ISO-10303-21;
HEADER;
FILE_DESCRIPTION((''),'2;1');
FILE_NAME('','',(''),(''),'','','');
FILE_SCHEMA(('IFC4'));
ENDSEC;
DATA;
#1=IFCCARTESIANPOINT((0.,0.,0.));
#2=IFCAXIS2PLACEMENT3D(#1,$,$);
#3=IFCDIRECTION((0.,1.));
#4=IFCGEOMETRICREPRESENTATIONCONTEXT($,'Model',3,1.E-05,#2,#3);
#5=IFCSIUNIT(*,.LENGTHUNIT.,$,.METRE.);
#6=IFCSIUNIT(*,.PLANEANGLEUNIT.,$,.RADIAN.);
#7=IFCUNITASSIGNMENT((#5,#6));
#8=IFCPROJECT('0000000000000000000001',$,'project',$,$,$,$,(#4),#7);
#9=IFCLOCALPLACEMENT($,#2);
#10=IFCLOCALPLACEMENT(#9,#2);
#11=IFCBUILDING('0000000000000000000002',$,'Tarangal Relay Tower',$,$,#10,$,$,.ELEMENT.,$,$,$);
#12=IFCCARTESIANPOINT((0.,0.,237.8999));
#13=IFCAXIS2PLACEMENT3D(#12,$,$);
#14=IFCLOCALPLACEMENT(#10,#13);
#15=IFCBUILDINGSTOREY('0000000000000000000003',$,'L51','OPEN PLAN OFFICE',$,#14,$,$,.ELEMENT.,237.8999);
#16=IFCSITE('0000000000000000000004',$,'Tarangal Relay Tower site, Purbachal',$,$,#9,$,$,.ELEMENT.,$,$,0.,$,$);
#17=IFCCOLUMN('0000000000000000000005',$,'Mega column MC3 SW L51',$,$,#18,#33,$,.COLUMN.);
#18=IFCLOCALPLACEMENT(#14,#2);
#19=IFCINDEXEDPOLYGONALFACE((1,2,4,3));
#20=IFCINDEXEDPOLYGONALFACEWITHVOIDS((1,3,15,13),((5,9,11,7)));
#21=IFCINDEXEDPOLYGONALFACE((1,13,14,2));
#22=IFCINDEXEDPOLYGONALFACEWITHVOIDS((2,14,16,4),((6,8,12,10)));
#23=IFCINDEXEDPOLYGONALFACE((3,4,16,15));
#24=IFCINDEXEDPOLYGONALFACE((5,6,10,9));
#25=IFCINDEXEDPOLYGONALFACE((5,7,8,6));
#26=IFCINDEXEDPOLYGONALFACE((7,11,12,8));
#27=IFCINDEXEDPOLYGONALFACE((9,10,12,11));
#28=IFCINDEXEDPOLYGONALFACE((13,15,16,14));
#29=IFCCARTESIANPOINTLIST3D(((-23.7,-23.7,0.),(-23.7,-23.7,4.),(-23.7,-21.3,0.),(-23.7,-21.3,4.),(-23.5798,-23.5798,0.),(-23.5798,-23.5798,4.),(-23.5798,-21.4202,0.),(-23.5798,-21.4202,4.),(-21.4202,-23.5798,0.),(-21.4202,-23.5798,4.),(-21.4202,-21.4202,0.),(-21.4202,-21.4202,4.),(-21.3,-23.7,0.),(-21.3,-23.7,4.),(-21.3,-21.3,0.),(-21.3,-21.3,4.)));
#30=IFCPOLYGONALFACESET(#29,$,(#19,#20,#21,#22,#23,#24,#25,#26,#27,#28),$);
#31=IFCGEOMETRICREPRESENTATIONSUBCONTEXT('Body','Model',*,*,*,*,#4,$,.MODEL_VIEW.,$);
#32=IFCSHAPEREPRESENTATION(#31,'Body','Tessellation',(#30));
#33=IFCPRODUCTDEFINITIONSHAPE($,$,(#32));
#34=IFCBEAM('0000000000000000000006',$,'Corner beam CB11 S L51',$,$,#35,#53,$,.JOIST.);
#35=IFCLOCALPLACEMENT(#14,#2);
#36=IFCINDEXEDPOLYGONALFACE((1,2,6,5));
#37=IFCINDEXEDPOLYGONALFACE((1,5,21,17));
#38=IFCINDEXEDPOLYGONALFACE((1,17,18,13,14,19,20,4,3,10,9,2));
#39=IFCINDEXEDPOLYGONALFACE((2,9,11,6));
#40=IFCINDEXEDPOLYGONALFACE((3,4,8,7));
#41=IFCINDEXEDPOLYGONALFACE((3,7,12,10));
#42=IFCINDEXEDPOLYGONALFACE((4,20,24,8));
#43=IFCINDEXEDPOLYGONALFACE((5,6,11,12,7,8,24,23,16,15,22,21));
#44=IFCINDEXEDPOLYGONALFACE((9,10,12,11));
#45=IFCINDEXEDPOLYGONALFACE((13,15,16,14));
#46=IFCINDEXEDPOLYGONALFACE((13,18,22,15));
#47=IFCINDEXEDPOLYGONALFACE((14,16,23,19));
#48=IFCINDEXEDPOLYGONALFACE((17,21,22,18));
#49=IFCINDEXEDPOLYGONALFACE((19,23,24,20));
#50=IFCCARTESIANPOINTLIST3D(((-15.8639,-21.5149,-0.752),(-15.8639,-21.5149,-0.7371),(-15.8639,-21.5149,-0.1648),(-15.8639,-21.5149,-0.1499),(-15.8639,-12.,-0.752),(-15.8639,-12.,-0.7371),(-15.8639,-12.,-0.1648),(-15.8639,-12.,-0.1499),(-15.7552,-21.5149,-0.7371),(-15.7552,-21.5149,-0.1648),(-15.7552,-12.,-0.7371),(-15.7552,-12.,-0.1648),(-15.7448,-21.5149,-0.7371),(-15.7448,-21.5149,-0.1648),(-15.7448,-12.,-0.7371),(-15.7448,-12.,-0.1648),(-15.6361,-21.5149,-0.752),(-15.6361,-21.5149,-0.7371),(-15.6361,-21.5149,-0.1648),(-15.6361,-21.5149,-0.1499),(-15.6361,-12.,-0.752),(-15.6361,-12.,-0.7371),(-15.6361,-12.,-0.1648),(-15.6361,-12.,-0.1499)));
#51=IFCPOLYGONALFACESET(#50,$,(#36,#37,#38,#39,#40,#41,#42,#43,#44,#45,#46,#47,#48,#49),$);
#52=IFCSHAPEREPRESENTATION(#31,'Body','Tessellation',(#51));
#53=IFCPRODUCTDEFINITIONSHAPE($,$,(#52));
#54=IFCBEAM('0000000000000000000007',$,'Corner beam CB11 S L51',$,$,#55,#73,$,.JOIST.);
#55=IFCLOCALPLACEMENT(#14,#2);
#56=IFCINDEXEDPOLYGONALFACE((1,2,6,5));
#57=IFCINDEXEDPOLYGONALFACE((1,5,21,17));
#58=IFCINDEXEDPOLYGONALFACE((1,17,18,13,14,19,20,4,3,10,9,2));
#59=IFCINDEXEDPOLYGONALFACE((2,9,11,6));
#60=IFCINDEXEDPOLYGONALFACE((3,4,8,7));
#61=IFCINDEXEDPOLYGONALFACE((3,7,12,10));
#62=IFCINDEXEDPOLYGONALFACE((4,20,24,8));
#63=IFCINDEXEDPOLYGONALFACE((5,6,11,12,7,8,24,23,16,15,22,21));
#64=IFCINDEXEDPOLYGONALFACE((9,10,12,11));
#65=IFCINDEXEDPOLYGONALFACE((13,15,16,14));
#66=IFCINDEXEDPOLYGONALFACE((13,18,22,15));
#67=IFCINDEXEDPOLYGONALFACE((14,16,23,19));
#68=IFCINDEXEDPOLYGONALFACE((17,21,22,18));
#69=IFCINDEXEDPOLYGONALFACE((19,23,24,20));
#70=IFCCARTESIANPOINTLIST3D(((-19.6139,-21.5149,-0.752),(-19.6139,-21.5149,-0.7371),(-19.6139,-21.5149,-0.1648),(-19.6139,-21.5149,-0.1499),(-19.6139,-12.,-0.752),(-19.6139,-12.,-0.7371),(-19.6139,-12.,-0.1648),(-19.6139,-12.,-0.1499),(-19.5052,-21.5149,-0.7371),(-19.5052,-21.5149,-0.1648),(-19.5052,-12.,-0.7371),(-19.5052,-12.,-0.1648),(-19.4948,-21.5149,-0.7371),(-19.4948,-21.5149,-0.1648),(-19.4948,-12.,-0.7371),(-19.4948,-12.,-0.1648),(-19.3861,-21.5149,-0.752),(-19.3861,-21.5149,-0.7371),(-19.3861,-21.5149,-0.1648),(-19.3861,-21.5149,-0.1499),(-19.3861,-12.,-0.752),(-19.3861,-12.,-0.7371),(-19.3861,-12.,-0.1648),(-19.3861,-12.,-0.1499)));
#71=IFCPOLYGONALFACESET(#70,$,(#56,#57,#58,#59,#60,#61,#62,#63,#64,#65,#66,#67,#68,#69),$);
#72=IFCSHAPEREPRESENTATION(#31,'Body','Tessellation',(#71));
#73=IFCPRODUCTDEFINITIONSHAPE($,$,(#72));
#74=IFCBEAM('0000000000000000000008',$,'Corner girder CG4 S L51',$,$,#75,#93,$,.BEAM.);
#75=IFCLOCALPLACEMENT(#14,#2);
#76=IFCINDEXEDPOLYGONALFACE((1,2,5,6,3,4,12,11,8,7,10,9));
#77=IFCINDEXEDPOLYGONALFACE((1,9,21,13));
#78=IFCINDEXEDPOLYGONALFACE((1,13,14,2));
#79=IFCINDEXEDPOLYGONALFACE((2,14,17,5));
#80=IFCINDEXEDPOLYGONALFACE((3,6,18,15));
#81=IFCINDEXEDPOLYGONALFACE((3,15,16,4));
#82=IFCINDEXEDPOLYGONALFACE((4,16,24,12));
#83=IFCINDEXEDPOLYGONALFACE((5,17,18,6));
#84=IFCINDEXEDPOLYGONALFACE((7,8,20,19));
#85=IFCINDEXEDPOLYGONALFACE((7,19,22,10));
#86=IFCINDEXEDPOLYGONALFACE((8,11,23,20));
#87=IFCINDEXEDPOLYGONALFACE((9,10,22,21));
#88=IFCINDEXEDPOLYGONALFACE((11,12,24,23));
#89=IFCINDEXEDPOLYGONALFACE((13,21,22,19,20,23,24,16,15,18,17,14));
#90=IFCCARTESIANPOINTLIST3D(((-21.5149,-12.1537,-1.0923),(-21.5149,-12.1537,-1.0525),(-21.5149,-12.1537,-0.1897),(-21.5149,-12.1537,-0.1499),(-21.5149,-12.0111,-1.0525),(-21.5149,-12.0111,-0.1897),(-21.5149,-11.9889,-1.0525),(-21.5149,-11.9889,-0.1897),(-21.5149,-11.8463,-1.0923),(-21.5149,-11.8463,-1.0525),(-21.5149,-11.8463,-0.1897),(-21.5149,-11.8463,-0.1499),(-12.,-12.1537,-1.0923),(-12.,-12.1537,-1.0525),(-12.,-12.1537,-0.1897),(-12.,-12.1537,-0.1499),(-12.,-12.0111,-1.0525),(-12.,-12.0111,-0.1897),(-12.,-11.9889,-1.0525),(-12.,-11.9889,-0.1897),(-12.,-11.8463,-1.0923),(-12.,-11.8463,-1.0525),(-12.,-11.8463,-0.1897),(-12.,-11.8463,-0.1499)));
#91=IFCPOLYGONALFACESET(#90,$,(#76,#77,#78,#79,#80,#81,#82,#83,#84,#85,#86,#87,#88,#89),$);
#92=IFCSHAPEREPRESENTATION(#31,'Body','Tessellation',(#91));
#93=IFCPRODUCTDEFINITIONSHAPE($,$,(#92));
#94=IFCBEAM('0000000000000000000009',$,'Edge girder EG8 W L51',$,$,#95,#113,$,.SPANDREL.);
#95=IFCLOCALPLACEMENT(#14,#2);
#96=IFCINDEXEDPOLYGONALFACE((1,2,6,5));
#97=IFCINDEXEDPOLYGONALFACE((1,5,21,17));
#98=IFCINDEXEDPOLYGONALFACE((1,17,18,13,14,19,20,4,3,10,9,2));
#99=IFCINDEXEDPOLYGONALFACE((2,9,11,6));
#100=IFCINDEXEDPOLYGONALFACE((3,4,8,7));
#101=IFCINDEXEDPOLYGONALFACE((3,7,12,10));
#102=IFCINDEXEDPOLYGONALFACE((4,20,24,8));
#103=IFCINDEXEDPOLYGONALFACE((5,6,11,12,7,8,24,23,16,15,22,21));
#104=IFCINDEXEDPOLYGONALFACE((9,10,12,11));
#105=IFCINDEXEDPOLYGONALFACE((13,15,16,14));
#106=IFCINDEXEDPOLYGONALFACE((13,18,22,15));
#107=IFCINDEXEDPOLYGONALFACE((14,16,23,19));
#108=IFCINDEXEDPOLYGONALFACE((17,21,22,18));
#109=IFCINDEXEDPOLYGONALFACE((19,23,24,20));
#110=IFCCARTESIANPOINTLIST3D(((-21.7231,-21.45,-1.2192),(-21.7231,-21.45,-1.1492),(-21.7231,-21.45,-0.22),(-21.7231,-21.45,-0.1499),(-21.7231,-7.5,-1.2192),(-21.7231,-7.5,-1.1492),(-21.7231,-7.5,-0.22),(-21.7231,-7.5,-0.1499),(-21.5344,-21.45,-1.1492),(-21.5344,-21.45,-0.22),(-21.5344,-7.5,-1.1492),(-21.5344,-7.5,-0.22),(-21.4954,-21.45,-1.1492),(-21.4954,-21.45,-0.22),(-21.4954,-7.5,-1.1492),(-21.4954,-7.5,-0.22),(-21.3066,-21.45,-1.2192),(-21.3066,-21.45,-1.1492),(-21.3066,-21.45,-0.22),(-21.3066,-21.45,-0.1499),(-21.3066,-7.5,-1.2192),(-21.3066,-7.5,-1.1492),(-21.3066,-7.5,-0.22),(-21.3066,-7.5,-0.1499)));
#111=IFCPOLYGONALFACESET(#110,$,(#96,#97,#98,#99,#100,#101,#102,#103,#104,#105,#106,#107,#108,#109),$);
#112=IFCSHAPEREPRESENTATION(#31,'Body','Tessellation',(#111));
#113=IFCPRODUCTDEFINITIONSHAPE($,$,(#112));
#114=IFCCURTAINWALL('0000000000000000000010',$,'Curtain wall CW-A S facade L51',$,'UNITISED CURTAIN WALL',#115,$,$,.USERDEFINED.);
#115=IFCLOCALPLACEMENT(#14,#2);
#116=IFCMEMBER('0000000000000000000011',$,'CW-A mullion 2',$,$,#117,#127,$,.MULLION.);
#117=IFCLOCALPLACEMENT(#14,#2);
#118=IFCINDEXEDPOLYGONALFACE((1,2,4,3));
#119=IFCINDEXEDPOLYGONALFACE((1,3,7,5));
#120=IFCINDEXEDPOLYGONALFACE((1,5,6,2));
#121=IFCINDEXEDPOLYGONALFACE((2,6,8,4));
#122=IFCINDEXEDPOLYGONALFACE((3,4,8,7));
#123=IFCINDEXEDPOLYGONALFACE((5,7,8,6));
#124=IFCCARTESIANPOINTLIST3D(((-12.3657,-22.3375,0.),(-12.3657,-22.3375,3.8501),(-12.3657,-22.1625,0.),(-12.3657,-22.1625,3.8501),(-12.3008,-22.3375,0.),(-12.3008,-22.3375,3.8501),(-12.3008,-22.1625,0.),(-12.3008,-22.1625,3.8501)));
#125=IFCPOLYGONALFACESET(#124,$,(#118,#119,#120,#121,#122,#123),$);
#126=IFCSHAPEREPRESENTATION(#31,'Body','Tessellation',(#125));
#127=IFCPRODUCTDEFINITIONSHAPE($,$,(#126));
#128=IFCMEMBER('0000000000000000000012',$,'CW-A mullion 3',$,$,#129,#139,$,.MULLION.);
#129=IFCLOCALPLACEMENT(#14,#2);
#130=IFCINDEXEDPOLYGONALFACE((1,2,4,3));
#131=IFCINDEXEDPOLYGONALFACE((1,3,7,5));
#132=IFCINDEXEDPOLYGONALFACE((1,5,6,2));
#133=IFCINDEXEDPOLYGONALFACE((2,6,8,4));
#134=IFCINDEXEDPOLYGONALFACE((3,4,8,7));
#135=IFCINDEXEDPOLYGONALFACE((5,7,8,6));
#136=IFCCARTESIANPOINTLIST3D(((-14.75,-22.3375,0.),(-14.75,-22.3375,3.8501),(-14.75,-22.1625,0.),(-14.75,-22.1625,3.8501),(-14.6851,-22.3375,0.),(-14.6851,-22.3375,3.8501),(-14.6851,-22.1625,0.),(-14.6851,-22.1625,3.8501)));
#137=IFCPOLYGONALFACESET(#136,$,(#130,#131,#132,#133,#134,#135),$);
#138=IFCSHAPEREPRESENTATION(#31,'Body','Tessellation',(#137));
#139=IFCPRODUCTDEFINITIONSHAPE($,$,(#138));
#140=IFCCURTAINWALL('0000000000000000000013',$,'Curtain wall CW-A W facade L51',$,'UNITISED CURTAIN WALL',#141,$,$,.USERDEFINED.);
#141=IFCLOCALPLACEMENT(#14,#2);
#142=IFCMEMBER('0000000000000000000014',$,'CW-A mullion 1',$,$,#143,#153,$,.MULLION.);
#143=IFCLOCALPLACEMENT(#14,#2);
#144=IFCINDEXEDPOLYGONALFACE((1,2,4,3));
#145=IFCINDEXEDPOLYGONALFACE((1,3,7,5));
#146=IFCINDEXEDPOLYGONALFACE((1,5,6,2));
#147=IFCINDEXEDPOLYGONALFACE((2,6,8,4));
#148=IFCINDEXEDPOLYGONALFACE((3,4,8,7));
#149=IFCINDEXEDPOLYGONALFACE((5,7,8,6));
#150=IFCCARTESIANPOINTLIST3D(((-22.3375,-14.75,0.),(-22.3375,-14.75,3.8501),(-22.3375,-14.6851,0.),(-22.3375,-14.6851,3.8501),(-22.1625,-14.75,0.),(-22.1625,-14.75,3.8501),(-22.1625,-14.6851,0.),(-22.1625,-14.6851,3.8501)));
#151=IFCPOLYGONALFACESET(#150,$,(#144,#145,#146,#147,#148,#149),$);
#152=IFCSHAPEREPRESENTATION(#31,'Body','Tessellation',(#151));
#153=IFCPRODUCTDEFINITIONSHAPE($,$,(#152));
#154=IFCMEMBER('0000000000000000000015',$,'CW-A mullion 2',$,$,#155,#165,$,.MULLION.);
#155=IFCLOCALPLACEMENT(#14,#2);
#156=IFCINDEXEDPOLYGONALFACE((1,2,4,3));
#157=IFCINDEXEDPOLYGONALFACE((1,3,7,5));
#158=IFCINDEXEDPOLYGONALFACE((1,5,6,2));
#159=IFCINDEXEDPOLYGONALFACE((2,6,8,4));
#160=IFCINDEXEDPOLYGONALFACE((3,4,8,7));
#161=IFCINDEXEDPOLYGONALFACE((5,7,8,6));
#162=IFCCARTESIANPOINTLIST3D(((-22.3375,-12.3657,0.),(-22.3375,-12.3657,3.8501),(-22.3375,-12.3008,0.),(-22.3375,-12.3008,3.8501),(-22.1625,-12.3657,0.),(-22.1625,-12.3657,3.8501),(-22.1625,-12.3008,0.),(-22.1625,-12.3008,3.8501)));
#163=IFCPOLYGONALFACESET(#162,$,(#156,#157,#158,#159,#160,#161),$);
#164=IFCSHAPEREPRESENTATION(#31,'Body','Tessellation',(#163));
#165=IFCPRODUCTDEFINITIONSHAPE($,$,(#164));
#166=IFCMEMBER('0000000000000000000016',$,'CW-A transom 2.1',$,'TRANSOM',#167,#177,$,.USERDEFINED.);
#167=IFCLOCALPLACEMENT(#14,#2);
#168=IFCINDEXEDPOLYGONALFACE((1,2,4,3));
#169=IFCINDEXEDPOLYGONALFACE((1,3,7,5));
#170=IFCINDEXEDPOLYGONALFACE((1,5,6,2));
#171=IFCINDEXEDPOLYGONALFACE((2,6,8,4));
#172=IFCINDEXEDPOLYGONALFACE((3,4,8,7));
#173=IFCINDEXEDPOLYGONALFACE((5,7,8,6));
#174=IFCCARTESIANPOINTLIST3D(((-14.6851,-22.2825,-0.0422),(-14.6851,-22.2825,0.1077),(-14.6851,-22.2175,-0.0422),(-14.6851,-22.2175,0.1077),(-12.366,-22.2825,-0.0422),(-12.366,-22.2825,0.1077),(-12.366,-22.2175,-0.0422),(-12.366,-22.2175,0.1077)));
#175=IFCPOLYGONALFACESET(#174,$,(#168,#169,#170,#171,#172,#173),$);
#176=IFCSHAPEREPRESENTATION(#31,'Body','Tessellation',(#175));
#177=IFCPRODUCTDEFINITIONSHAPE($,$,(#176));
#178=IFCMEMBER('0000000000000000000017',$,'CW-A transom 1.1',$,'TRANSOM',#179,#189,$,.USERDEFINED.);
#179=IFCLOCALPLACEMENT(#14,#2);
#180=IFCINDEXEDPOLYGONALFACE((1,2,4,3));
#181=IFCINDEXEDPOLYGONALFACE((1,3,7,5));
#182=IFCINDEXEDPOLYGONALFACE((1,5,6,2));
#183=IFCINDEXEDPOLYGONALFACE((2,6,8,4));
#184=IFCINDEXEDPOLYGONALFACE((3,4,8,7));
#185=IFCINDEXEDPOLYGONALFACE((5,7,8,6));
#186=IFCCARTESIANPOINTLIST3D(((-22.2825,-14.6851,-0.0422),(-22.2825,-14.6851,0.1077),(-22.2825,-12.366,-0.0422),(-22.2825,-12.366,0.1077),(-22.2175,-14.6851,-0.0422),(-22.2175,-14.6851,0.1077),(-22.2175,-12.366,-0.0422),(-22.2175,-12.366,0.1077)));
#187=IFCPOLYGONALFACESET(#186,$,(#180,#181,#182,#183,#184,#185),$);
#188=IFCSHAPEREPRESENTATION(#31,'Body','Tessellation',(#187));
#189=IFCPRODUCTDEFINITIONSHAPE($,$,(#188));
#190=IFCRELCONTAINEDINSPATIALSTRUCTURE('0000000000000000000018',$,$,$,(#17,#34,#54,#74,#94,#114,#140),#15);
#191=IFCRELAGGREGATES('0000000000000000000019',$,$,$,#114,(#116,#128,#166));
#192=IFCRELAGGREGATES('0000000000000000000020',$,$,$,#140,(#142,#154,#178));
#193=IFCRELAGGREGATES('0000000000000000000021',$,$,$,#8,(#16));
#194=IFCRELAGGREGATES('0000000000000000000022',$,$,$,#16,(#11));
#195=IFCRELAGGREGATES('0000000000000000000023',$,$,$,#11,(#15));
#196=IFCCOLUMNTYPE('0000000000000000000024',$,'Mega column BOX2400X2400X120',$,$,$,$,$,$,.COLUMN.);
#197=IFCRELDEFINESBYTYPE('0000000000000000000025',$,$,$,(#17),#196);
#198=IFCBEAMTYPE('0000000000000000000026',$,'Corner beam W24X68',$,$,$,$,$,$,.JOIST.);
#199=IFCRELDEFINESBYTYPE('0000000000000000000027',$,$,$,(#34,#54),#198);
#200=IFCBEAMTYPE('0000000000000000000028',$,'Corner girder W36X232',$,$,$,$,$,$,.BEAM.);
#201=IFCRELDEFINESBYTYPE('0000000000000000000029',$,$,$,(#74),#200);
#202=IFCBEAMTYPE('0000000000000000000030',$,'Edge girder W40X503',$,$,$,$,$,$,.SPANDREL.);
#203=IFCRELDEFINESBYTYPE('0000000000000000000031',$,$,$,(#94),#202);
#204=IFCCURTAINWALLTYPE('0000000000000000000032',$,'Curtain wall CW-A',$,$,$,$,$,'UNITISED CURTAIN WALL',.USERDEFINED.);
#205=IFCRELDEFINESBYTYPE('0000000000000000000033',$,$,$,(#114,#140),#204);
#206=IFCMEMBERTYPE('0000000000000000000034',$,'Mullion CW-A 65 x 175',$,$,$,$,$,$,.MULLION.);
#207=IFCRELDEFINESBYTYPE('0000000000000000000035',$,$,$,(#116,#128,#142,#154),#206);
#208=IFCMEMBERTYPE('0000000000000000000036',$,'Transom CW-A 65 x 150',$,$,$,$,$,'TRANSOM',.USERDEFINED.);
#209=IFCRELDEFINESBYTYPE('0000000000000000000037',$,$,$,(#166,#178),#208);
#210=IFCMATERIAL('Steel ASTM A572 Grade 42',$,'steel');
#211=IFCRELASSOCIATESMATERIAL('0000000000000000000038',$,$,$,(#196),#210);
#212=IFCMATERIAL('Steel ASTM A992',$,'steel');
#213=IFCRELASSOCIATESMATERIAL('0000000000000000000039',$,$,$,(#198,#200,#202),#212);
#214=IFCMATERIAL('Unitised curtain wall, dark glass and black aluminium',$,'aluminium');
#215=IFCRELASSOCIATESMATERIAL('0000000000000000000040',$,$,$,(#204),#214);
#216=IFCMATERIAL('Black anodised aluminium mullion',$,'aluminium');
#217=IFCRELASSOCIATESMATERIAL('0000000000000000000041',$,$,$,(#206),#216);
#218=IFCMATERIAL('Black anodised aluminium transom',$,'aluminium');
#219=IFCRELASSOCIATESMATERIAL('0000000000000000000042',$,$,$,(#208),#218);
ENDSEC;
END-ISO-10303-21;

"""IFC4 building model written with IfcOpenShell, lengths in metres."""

from ifc_helpers import new_model, si_unit, direction, frame, origin, origin_2d, place, context, subcontext, project, spatial, rectangle, hollow_rectangle, i_section, extrude, material, material_profile, profile_set, type_object, element, aggregate, save


model = new_model("IFC4")

# Units and contexts
model_context = context("Model", 3, precision=1e-05, world=origin(), true_north=direction((0.0, 1.0)))
body_context = subcontext(model_context, "Body", "Model", "MODEL_VIEW")
ifc_project = project(units=[si_unit("LENGTHUNIT", "METRE"), si_unit("PLANEANGLEUNIT", "RADIAN")], contexts=[model_context])

# Site, building, storey
site_placement = place(None, origin())
site = spatial("IfcSite", under=ifc_project, at=site_placement, Name="Tarangal Relay Tower site, Purbachal", CompositionType="ELEMENT", RefElevation=0.0)
building_placement = place(site_placement, origin())
building = spatial("IfcBuilding", under=site, at=building_placement, Name="Tarangal Relay Tower", CompositionType="ELEMENT")
storey_placement = place(building_placement, frame((0.0, 0.0, 237.8999)))
storey = spatial("IfcBuildingStorey", under=building, at=storey_placement, Name="L51", Description="OPEN PLAN OFFICE", CompositionType="ELEMENT", Elevation=237.8999)

# Column
ifc_material_1 = material(Name="Steel ASTM A572 Grade 42", Category="steel")
ifc_material_profile_1 = material_profile(ifc_material_1, hollow_rectangle(XDim=2.3999, YDim=2.3999, WallThickness=0.1201, at=origin_2d()), Name="BOX2400X2400X120")
ifc_profile_set_1 = profile_set([ifc_material_profile_1], Name="Steel ASTM A572 Grade 42")
column_type = type_object("IfcColumnType", Name="Mega column BOX2400X2400X120", PredefinedType="COLUMN", material=ifc_profile_set_1)
column_placement = place(storey_placement, frame((-22.5, -22.5, 0.0), z_axis=(0.0, 0.0, 1.0), x_axis=(1.0, 0.0, 0.0)))
element("IfcColumn", 1, at=column_placement, inside=storey, type_object=column_type, Name="Mega column MC3 SW L51", PredefinedType="COLUMN", context=body_context, shape_type="SweptSolid", body=[
    extrude(hollow_rectangle(XDim=2.3999, YDim=2.3999, WallThickness=0.1201, at=origin_2d()), origin(), (0.0, 0.0, 1.0), 4.0),
])

# Beams
ifc_material_2 = material(Name="Steel ASTM A992", Category="steel")
ifc_material_profile_2 = material_profile(ifc_material_2, i_section(OverallWidth=0.2278, OverallDepth=0.6021, WebThickness=0.0105, FlangeThickness=0.0149, at=origin_2d()), Name="W24X68")
ifc_profile_set_2 = profile_set([ifc_material_profile_2], Name="Steel ASTM A992")
beam_type_1 = type_object("IfcBeamType", Name="Corner beam W24X68", PredefinedType="JOIST", material=ifc_profile_set_2)
for number, where, z_axis, x_axis, name in (
    (2, (-15.75, -12.0, -0.4509), (0.0, -1.0, 0.0), (1.0, 0.0, 0.0), "Corner beam CB11 S L51"),
    (3, (-19.5, -12.0, -0.4509), (0.0, -1.0, 0.0), (1.0, 0.0, 0.0), "Corner beam CB11 S L51"),
):
    element("IfcBeam", number, at=place(storey_placement, frame(where, z_axis=z_axis, x_axis=x_axis)), inside=storey, type_object=beam_type_1, Name=name, PredefinedType="JOIST", context=body_context, shape_type="SweptSolid", body=[
        extrude(i_section(OverallWidth=0.2278, OverallDepth=0.6021, WebThickness=0.0105, FlangeThickness=0.0149, at=origin_2d()), origin(), (0.0, 0.0, 1.0), 9.5149),
    ])
ifc_material_profile_3 = material_profile(ifc_material_2, i_section(OverallWidth=0.3074, OverallDepth=0.9424, WebThickness=0.0222, FlangeThickness=0.0398, at=origin_2d()), Name="W36X232")
ifc_profile_set_3 = profile_set([ifc_material_profile_3], Name="Steel ASTM A992")
beam_type_2 = type_object("IfcBeamType", Name="Corner girder W36X232", PredefinedType="BEAM", material=ifc_profile_set_3)
beam_1_placement = place(storey_placement, frame((-12.0, -12.0, -0.6211), z_axis=(-1.0, 0.0, 0.0), x_axis=(0.0, -1.0, 0.0)))
element("IfcBeam", 4, at=beam_1_placement, inside=storey, type_object=beam_type_2, Name="Corner girder CG4 S L51", PredefinedType="BEAM", context=body_context, shape_type="SweptSolid", body=[
    extrude(i_section(OverallWidth=0.3074, OverallDepth=0.9424, WebThickness=0.0222, FlangeThickness=0.0398, at=origin_2d()), origin(), (0.0, 0.0, 1.0), 9.5149),
])
ifc_material_profile_4 = material_profile(ifc_material_2, i_section(OverallWidth=0.4165, OverallDepth=1.0693, WebThickness=0.0391, FlangeThickness=0.0701, at=origin_2d()), Name="W40X503")
ifc_profile_set_4 = profile_set([ifc_material_profile_4], Name="Steel ASTM A992")
beam_type_3 = type_object("IfcBeamType", Name="Edge girder W40X503", PredefinedType="SPANDREL", material=ifc_profile_set_4)
beam_2_placement = place(storey_placement, frame((-21.5149, -21.45, -0.6846), z_axis=(0.0, 1.0, 0.0), x_axis=(-1.0, 0.0, 0.0)))
element("IfcBeam", 5, at=beam_2_placement, inside=storey, type_object=beam_type_3, Name="Edge girder EG8 W L51", PredefinedType="SPANDREL", context=body_context, shape_type="SweptSolid", body=[
    extrude(i_section(OverallWidth=0.4165, OverallDepth=1.0693, WebThickness=0.0391, FlangeThickness=0.0701, at=origin_2d()), origin(), (0.0, 0.0, 1.0), 13.95),
])

# Curtain walls, members
ifc_material_3 = material(Name="Unitised curtain wall, dark glass and black aluminium", Category="aluminium")
curtain_wall_type = type_object("IfcCurtainWallType", Name="Curtain wall CW-A", ElementType="UNITISED CURTAIN WALL", PredefinedType="USERDEFINED", material=ifc_material_3)
curtain_wall_1_placement = place(storey_placement, origin())
curtain_wall_1 = element("IfcCurtainWall", 6, at=curtain_wall_1_placement, inside=storey, type_object=curtain_wall_type, Name="Curtain wall CW-A S facade L51", ObjectType="UNITISED CURTAIN WALL", PredefinedType="USERDEFINED")
ifc_material_4 = material(Name="Black anodised aluminium mullion", Category="aluminium")
ifc_material_profile_5 = material_profile(ifc_material_4, rectangle(XDim=0.175, YDim=0.0649, at=origin_2d()), Name="CW-AM 65X175")
ifc_profile_set_5 = profile_set([ifc_material_profile_5], Name="Black anodised aluminium mullion")
member_type_1 = type_object("IfcMemberType", Name="Mullion CW-A 65 x 175", PredefinedType="MULLION", material=ifc_profile_set_5)
member_1_placement = place(storey_placement, frame((-12.3333, -22.25, 0.0), z_axis=(0.0, 0.0, 1.0), x_axis=(0.0, -1.0, 0.0)))
member_1 = element("IfcMember", 7, at=member_1_placement, type_object=member_type_1, Name="CW-A mullion 2", PredefinedType="MULLION", context=body_context, shape_type="SweptSolid", body=[
    extrude(rectangle(XDim=0.175, YDim=0.0649, at=origin_2d()), origin(), (0.0, 0.0, 1.0), 3.8501),
])
member_2_placement = place(storey_placement, frame((-14.7175, -22.25, 0.0), z_axis=(0.0, 0.0, 1.0), x_axis=(0.0, -1.0, 0.0)))
member_2 = element("IfcMember", 8, at=member_2_placement, type_object=member_type_1, Name="CW-A mullion 3", PredefinedType="MULLION", context=body_context, shape_type="SweptSolid", body=[
    extrude(rectangle(XDim=0.175, YDim=0.0649, at=origin_2d()), origin(), (0.0, 0.0, 1.0), 3.8501),
])
curtain_wall_2_placement = place(storey_placement, origin())
curtain_wall_2 = element("IfcCurtainWall", 9, at=curtain_wall_2_placement, inside=storey, type_object=curtain_wall_type, Name="Curtain wall CW-A W facade L51", ObjectType="UNITISED CURTAIN WALL", PredefinedType="USERDEFINED")
member_3_placement = place(storey_placement, frame((-22.25, -14.7175, 0.0), z_axis=(0.0, 0.0, 1.0), x_axis=(-1.0, 0.0, 0.0)))
member_3 = element("IfcMember", 10, at=member_3_placement, type_object=member_type_1, Name="CW-A mullion 1", PredefinedType="MULLION", context=body_context, shape_type="SweptSolid", body=[
    extrude(rectangle(XDim=0.175, YDim=0.0649, at=origin_2d()), origin(), (0.0, 0.0, 1.0), 3.8501),
])
member_4_placement = place(storey_placement, frame((-22.25, -12.3333, 0.0), z_axis=(0.0, 0.0, 1.0), x_axis=(-1.0, 0.0, 0.0)))
member_4 = element("IfcMember", 11, at=member_4_placement, type_object=member_type_1, Name="CW-A mullion 2", PredefinedType="MULLION", context=body_context, shape_type="SweptSolid", body=[
    extrude(rectangle(XDim=0.175, YDim=0.0649, at=origin_2d()), origin(), (0.0, 0.0, 1.0), 3.8501),
])

# Members
ifc_material_5 = material(Name="Black anodised aluminium transom", Category="aluminium")
ifc_material_profile_6 = material_profile(ifc_material_5, rectangle(XDim=0.0649, YDim=0.1499, at=origin_2d()), Name="CW-AT 65X150")
ifc_profile_set_6 = profile_set([ifc_material_profile_6], Name="Black anodised aluminium transom")
member_type_2 = type_object("IfcMemberType", Name="Transom CW-A 65 x 150", ElementType="TRANSOM", PredefinedType="USERDEFINED", material=ifc_profile_set_6)
member_5_placement = place(storey_placement, frame((-12.366, -22.25, 0.0327), z_axis=(-1.0, 0.0, 0.0), x_axis=(0.0, -1.0, 0.0)))
member_5 = element("IfcMember", 12, at=member_5_placement, type_object=member_type_2, Name="CW-A transom 2.1", ObjectType="TRANSOM", PredefinedType="USERDEFINED", context=body_context, shape_type="SweptSolid", body=[
    extrude(rectangle(XDim=0.0649, YDim=0.1499, at=origin_2d()), origin(), (0.0, 0.0, 1.0), 2.3191),
])
member_6_placement = place(storey_placement, frame((-22.25, -14.6851, 0.0327), z_axis=(0.0, 1.0, 0.0), x_axis=(-1.0, 0.0, 0.0)))
member_6 = element("IfcMember", 13, at=member_6_placement, type_object=member_type_2, Name="CW-A transom 1.1", ObjectType="TRANSOM", PredefinedType="USERDEFINED", context=body_context, shape_type="SweptSolid", body=[
    extrude(rectangle(XDim=0.0649, YDim=0.1499, at=origin_2d()), origin(), (0.0, 0.0, 1.0), 2.3191),
])

aggregate(curtain_wall_1, [member_1, member_2, member_5])
aggregate(curtain_wall_2, [member_3, member_4, member_6])

save(model, "model.ifc")
